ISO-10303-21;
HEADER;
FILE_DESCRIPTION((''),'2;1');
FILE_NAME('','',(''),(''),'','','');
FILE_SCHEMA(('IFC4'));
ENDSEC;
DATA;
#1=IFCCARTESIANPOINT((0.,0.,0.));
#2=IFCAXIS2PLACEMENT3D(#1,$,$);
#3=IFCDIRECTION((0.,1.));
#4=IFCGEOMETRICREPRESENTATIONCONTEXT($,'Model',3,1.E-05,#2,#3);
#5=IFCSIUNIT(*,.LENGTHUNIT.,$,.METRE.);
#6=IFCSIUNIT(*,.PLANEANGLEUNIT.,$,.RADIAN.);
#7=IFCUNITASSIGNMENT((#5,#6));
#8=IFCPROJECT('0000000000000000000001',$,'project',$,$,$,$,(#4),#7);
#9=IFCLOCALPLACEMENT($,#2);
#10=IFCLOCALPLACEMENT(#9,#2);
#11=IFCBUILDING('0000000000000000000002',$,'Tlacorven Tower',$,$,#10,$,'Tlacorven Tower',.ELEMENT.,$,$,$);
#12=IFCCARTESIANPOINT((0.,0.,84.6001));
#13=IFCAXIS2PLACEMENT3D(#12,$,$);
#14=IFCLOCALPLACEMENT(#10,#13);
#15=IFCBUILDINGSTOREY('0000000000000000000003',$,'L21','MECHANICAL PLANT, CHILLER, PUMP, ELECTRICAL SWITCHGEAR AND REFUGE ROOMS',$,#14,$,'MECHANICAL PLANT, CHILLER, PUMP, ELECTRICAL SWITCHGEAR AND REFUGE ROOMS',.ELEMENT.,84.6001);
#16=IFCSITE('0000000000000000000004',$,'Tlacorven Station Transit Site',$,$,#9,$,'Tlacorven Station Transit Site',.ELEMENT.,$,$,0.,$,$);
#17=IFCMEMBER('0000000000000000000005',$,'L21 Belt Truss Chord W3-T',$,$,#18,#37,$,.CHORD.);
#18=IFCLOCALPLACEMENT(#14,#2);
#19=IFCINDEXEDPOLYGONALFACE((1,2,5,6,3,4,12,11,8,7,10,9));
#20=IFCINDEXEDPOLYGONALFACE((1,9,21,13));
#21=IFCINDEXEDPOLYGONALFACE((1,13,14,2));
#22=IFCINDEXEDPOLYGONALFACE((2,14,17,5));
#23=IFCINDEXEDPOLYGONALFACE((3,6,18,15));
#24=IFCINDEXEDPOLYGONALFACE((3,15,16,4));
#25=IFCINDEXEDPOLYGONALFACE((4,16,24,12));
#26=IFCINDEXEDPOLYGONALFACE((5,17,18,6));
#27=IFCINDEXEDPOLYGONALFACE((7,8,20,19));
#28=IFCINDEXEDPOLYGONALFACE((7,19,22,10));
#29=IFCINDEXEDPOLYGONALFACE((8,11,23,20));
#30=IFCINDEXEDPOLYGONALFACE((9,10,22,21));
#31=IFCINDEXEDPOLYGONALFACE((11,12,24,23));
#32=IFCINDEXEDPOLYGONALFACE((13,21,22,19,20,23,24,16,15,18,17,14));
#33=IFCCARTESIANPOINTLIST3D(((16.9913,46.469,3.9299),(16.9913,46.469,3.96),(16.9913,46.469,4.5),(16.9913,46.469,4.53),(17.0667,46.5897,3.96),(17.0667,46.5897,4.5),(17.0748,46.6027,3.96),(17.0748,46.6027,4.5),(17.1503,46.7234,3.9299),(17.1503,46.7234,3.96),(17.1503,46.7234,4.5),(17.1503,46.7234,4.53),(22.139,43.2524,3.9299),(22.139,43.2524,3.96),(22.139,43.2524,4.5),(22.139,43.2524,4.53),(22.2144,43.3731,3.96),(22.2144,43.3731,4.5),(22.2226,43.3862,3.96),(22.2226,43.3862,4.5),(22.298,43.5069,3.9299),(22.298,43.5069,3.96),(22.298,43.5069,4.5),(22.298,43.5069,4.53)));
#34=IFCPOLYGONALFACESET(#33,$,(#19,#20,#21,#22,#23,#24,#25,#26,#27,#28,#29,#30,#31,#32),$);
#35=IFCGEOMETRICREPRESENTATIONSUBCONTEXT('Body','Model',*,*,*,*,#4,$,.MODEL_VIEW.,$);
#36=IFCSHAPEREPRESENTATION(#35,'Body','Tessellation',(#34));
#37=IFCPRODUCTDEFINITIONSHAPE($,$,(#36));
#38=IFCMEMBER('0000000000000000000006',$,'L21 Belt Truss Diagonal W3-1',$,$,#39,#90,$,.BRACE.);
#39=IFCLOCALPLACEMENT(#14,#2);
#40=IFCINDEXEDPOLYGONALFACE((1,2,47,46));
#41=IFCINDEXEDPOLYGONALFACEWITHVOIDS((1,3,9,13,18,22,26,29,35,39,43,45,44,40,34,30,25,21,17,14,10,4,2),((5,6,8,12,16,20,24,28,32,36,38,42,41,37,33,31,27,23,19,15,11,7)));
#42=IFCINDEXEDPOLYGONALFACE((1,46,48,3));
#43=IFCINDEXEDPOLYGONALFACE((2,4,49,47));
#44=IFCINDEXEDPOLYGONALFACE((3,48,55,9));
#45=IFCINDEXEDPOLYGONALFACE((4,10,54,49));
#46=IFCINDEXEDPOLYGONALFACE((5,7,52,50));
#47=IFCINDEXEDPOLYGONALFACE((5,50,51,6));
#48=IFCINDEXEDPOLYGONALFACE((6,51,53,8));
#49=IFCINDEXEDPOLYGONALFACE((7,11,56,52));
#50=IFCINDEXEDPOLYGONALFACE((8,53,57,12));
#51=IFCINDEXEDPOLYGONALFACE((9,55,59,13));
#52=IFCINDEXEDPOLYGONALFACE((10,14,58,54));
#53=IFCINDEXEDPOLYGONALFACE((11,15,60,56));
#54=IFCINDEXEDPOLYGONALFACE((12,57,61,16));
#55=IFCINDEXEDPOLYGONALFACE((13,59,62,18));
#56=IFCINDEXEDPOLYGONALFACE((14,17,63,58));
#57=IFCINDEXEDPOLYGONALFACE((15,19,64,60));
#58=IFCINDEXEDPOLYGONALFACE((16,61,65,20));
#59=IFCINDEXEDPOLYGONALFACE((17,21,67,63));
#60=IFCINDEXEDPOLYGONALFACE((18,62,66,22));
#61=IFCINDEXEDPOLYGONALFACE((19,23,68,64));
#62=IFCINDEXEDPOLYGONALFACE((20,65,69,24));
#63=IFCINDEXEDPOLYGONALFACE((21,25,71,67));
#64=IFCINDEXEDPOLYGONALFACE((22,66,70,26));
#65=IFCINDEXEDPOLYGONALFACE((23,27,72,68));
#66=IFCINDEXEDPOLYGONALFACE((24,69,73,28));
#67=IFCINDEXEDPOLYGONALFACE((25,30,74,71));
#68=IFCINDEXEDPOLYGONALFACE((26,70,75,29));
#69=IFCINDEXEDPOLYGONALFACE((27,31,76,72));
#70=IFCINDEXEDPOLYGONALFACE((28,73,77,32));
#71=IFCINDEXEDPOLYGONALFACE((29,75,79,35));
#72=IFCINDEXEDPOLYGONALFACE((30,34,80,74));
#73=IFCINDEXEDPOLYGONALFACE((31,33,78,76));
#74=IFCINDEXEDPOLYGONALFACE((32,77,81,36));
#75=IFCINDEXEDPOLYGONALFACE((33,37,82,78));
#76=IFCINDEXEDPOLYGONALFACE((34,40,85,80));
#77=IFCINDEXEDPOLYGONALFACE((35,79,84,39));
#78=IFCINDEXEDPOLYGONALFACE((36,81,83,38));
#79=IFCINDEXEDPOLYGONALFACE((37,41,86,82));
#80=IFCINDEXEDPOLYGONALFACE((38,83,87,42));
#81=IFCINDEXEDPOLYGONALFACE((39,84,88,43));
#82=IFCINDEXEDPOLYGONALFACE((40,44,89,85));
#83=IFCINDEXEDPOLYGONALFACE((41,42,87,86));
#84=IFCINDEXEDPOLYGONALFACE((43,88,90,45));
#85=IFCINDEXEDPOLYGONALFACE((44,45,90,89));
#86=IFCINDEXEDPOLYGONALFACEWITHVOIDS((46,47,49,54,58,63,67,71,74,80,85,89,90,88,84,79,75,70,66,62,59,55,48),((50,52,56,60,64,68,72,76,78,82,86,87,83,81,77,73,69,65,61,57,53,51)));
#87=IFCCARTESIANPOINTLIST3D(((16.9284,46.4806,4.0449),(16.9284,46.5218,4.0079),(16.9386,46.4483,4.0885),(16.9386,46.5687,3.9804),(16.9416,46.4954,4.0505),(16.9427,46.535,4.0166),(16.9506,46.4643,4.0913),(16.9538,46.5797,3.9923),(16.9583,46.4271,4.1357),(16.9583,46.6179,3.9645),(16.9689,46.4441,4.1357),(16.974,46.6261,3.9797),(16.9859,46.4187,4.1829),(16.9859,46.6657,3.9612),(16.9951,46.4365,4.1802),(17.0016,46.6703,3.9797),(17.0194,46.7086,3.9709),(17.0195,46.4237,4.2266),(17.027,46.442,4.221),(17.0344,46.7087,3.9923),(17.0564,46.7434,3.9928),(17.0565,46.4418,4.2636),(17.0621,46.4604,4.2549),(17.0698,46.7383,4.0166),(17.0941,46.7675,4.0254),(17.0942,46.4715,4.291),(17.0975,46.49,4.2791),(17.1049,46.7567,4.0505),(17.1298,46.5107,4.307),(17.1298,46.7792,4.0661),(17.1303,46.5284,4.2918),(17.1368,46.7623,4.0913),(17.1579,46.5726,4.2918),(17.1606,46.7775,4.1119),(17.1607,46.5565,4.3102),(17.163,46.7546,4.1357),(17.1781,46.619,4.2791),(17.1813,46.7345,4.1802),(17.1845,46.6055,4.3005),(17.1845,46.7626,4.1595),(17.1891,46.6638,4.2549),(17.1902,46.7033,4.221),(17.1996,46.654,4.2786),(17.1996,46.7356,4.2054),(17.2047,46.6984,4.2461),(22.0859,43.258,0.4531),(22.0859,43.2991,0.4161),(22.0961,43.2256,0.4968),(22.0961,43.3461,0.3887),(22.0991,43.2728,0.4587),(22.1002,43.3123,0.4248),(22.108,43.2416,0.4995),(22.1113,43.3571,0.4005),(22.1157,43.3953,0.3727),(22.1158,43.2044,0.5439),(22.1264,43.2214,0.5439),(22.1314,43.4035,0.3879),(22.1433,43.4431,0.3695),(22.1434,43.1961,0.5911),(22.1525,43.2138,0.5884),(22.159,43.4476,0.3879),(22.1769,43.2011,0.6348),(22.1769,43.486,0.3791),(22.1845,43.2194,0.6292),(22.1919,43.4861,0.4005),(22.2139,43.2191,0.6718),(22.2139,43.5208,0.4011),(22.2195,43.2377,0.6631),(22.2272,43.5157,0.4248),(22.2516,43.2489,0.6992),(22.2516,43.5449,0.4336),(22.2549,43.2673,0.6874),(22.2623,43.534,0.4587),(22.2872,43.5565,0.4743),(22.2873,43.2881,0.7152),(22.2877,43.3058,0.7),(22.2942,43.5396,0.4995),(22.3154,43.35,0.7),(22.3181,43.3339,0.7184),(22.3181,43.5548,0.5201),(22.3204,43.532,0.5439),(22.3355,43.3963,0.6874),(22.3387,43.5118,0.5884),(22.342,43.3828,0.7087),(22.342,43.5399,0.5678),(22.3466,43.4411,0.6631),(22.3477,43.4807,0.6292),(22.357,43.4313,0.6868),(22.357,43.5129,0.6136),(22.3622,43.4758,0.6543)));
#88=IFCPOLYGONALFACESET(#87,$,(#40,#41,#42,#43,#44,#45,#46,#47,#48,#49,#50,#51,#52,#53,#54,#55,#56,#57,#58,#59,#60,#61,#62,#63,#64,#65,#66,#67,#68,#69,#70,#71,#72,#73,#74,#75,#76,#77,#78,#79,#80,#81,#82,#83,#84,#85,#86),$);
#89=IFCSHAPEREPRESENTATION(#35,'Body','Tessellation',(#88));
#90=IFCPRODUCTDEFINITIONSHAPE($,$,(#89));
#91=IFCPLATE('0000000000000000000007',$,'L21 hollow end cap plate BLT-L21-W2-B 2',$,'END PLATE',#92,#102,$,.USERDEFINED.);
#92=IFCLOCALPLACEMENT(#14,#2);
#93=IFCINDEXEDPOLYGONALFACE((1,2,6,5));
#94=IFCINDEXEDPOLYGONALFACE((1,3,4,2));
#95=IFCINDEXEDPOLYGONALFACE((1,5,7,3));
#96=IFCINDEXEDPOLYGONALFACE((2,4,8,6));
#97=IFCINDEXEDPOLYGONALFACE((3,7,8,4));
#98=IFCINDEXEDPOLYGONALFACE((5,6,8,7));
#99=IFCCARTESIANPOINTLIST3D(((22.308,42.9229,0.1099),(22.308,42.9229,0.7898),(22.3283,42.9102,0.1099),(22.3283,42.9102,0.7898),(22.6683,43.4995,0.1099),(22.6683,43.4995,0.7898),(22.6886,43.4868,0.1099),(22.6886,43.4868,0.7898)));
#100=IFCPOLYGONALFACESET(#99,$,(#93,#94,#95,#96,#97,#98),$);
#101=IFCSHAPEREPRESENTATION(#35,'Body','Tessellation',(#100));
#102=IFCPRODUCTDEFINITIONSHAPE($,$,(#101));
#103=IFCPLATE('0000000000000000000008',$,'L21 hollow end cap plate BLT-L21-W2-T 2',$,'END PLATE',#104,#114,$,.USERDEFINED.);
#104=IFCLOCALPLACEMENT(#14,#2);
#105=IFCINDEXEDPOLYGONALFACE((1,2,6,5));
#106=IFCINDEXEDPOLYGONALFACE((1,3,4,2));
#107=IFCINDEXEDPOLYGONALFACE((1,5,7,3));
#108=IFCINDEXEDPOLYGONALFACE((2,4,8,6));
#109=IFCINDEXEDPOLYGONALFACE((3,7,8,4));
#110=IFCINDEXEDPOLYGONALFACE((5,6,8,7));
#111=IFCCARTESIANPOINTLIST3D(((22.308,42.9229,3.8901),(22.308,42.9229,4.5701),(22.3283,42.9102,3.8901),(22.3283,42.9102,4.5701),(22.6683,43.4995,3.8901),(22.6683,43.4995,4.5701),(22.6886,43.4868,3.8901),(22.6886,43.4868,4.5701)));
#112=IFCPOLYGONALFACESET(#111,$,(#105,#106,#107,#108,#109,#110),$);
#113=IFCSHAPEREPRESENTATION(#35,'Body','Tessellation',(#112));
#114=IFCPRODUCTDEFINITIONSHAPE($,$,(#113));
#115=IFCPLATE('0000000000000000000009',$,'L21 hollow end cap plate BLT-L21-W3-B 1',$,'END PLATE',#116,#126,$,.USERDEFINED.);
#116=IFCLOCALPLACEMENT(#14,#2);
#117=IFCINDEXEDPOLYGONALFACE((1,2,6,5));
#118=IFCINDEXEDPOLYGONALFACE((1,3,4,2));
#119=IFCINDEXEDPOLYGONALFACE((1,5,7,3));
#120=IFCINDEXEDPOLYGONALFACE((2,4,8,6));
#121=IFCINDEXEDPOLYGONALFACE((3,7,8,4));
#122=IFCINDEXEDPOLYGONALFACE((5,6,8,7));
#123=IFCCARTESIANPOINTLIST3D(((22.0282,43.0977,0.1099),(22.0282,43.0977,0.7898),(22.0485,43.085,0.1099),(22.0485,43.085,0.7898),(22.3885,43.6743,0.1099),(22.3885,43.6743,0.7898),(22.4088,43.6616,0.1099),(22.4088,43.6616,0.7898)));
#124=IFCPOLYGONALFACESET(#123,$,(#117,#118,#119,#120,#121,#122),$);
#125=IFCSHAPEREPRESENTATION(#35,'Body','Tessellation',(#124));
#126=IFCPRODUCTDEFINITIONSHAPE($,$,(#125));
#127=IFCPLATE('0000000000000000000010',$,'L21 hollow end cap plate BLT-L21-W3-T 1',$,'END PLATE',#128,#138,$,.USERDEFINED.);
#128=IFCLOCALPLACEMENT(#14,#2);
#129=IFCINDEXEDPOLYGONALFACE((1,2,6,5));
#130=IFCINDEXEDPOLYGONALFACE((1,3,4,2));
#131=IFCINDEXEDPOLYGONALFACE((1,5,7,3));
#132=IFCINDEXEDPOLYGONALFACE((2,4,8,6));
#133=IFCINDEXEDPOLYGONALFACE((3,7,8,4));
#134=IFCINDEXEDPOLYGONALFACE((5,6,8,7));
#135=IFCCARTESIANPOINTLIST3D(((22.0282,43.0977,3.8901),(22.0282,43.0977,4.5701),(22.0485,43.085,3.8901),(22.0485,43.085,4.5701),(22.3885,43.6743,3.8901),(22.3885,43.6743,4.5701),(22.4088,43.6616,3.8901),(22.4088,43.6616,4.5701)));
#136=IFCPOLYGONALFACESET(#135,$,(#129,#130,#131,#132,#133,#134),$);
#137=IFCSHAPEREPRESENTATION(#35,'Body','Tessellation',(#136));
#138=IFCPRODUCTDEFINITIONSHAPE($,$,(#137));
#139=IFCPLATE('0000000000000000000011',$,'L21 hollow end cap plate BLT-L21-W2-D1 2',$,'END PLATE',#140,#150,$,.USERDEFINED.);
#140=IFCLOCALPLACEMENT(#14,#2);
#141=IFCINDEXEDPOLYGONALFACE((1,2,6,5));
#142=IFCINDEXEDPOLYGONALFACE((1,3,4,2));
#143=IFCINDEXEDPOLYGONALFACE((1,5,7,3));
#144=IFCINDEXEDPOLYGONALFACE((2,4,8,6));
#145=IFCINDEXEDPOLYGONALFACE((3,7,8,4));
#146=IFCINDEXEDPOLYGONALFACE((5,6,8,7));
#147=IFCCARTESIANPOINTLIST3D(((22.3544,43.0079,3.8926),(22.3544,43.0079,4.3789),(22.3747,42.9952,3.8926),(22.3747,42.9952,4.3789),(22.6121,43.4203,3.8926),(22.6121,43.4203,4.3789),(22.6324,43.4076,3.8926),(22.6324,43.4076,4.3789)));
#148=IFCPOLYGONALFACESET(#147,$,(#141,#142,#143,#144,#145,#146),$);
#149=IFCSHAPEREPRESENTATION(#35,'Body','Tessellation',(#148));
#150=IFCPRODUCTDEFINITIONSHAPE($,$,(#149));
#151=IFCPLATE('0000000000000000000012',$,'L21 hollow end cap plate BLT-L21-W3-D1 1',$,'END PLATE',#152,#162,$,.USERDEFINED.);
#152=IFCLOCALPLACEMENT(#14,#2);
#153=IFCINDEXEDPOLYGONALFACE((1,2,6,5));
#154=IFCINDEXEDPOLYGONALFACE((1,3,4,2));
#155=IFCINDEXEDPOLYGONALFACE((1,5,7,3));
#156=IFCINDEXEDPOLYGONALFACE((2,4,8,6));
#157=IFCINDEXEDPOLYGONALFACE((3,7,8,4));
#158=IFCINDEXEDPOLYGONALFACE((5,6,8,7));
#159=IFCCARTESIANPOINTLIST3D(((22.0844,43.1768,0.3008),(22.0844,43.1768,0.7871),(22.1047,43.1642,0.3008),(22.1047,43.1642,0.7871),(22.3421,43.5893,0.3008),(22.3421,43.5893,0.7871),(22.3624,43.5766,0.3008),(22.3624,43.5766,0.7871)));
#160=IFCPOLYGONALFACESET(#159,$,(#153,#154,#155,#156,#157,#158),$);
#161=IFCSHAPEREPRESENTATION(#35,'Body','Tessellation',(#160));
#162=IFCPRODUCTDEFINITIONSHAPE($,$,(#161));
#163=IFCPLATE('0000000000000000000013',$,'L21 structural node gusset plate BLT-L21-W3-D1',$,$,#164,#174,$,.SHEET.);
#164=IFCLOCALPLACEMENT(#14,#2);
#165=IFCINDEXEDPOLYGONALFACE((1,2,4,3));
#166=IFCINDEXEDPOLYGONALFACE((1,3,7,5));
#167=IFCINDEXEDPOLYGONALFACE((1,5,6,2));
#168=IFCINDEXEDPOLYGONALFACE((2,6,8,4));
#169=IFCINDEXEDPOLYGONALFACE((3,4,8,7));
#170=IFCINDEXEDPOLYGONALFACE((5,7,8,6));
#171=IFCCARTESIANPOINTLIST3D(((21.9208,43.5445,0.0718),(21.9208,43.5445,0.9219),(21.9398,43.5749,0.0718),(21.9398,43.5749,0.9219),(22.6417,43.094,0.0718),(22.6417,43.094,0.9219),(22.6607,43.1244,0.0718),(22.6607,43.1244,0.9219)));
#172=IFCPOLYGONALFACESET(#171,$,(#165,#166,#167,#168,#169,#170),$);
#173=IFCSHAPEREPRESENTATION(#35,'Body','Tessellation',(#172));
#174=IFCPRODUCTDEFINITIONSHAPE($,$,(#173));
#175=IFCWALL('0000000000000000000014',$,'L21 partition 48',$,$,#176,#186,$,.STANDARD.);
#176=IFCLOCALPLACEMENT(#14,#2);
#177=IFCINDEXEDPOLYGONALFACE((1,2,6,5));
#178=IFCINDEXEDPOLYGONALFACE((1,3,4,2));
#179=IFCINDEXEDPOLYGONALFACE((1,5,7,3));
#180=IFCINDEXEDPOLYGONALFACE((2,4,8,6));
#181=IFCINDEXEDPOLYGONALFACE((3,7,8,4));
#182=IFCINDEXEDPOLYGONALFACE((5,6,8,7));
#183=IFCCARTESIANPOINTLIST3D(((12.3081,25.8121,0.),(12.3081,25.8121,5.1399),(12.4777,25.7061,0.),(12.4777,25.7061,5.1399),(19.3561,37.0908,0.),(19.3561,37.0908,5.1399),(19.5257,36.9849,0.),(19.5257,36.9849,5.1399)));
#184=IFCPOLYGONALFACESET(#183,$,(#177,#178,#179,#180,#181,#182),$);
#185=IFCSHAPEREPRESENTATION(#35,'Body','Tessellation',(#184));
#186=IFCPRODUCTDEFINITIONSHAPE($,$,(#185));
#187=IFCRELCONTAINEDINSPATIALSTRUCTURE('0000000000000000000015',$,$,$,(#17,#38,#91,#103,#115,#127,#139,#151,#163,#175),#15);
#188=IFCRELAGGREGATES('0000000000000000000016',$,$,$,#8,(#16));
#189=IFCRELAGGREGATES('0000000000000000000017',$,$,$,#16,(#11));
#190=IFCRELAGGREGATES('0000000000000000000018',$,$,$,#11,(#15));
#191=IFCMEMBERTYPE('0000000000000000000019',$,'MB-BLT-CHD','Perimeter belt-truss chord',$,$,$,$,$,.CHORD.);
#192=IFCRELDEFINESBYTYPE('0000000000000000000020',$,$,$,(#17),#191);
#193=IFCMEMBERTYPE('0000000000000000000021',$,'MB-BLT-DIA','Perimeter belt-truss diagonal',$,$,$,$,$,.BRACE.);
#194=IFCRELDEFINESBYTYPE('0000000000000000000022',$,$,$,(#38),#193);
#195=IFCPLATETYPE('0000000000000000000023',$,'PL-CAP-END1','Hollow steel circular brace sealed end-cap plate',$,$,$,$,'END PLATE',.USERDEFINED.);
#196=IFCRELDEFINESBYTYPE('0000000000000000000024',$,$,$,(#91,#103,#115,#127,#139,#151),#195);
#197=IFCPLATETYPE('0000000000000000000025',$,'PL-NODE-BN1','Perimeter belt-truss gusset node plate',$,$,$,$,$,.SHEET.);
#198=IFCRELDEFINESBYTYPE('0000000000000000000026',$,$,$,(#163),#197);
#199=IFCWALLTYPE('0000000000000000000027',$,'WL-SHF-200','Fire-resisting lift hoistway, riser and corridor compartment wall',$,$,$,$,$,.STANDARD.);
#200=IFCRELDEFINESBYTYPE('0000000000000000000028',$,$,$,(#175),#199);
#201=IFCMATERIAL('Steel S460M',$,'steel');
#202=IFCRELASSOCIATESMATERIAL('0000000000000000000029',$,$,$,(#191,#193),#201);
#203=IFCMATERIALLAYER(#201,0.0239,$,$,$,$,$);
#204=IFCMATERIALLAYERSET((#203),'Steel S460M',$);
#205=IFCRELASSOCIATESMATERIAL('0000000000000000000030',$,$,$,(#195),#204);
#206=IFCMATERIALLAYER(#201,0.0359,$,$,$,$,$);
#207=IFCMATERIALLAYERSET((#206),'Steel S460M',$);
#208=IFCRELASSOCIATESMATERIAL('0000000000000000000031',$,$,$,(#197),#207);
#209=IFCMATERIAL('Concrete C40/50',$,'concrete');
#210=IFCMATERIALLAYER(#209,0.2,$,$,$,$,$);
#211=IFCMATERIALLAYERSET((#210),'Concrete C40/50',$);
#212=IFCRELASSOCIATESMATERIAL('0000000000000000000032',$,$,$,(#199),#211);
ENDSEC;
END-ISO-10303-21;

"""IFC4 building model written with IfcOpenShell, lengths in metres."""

from ifc_helpers import new_model, si_unit, direction, frame, frame_2d, origin, origin_2d, place, context, subcontext, project, spatial, rectangle, hollow_circle, i_section, extrude, source, transform, mapped, material, layer, layer_set, material_profile, profile_set, type_object, element, save


model = new_model("IFC4")

# Units and contexts
model_context = context("Model", 3, precision=1e-05, world=origin(), true_north=direction((0.0, 1.0)))
body_context = subcontext(model_context, "Body", "Model", "MODEL_VIEW")
ifc_project = project(units=[si_unit("LENGTHUNIT", "METRE"), si_unit("PLANEANGLEUNIT", "RADIAN")], contexts=[model_context])

# Site, building, storey
site_placement = place(None, origin())
site = spatial("IfcSite", under=ifc_project, at=site_placement, Name="Tlacorven Station Transit Site", LongName="Tlacorven Station Transit Site", CompositionType="ELEMENT", RefElevation=0.0)
building_placement = place(site_placement, origin())
building = spatial("IfcBuilding", under=site, at=building_placement, Name="Tlacorven Tower", LongName="Tlacorven Tower", CompositionType="ELEMENT")
storey_placement = place(building_placement, frame((0.0, 0.0, 84.6001)))
storey = spatial("IfcBuildingStorey", under=building, at=storey_placement, Name="L21", Description="MECHANICAL PLANT, CHILLER, PUMP, ELECTRICAL SWITCHGEAR AND REFUGE ROOMS", LongName="MECHANICAL PLANT, CHILLER, PUMP, ELECTRICAL SWITCHGEAR AND REFUGE ROOMS", CompositionType="ELEMENT", Elevation=84.6001)

# Shared definitions
ifc_material_1 = material(Name="Steel S460M", Category="steel")

# Members
ifc_material_profile_1 = material_profile(ifc_material_1, i_section(OverallWidth=0.3, OverallDepth=0.6001, WebThickness=0.0154, FlangeThickness=0.03, at=origin_2d()), Name="HEB 600")
ifc_profile_set_1 = profile_set([ifc_material_profile_1], Name="Steel S460M")
member_type_1 = type_object("IfcMemberType", Name="MB-BLT-CHD", Description="Perimeter belt-truss chord", PredefinedType="CHORD", material=ifc_profile_set_1)
shared_shape_1 = source(origin(), body_context, "Body", "SweptSolid", [
    extrude(i_section(OverallWidth=0.3, OverallDepth=0.6001, WebThickness=0.0154, FlangeThickness=0.03, at=origin_2d()), origin(), (0.0, 0.0, 1.0), 6.0701),
])
for number, where, z_axis, x_axis, name in (
    (1, (22.2185, 43.3796, 4.23), (-0.848055, 0.529909, 0.0), (-0.529909, -0.848055, 0.0), "L21 Belt Truss Chord W3-T"),
):
    element("IfcMember", number, at=place(storey_placement, frame(where, z_axis=z_axis, x_axis=x_axis)), inside=storey, type_object=member_type_1, Name=name, PredefinedType="CHORD", context=body_context, shape_type="MappedRepresentation", body=[
        mapped(shared_shape_1, transform((0.0, 0.0, 0.0), scale=1.0)),
    ])
ifc_material_profile_2 = material_profile(ifc_material_1, hollow_circle(Radius=0.2031, WallThickness=0.02, at=origin_2d()), Name="CHS 406.4X20")
ifc_profile_set_2 = profile_set([ifc_material_profile_2], Name="Steel S460M")
member_type_2 = type_object("IfcMemberType", Name="MB-BLT-DIA", Description="Perimeter belt-truss diagonal", PredefinedType="BRACE", material=ifc_profile_set_2)
shared_shape_2 = source(origin(), body_context, "Body", "SweptSolid", [
    extrude(hollow_circle(Radius=0.2031, WallThickness=0.02, at=origin_2d()), origin(), (0.0, 0.0, 1.0), 7.063),
])
member_placement = place(storey_placement, frame((22.2234, 43.3767, 0.5439), z_axis=(-0.730209, 0.456273, 0.508537), x_axis=(-0.529909, -0.848055, 0.0)))
element("IfcMember", 2, at=member_placement, inside=storey, type_object=member_type_2, Name="L21 Belt Truss Diagonal W3-1", PredefinedType="BRACE", context=body_context, shape_type="MappedRepresentation", body=[
    mapped(shared_shape_2, transform((0.0, 0.0, 0.0), scale=1.0)),
])

# Plates
ifc_layer_1 = layer(ifc_material_1, 0.0239)
ifc_layer_set_1 = layer_set([ifc_layer_1], Name="Steel S460M")
plate_type_1 = type_object("IfcPlateType", Name="PL-CAP-END1", Description="Hollow steel circular brace sealed end-cap plate", ElementType="END PLATE", PredefinedType="USERDEFINED", material=ifc_layer_set_1)
shared_shape_3 = source(origin(), body_context, "Body", "SweptSolid", [
    extrude(rectangle(XDim=0.0239, YDim=0.6799, at=origin_2d()), origin(), (0.0, 0.0, 1.0), 0.6799),
])
for number, where, z_axis, x_axis, name in (
    (3, (22.4983, 43.2048, 0.1099), (0.0, 0.0, 1.0), (-0.848048, 0.529919, 0.0), "L21 hollow end cap plate BLT-L21-W2-B 2"),
    (4, (22.4983, 43.2048, 3.8901), (0.0, 0.0, 1.0), (-0.848048, 0.529919, 0.0), "L21 hollow end cap plate BLT-L21-W2-T 2"),
    (5, (22.2185, 43.3796, 0.1099), (0.0, 0.0, 1.0), (-0.848048, 0.529919, 0.0), "L21 hollow end cap plate BLT-L21-W3-B 1"),
    (6, (22.2185, 43.3796, 3.8901), (0.0, 0.0, 1.0), (-0.848048, 0.529919, 0.0), "L21 hollow end cap plate BLT-L21-W3-T 1"),
):
    element("IfcPlate", number, at=place(storey_placement, frame(where, z_axis=z_axis, x_axis=x_axis)), inside=storey, type_object=plate_type_1, Name=name, ObjectType="END PLATE", PredefinedType="USERDEFINED", context=body_context, shape_type="MappedRepresentation", body=[
        mapped(shared_shape_3, transform((0.0, 0.0, 0.0), scale=1.0)),
    ])
shared_shape_4 = source(origin(), body_context, "Body", "SweptSolid", [
    extrude(rectangle(XDim=0.0239, YDim=0.4863, at=origin_2d()), origin(), (0.0, 0.0, 1.0), 0.4863),
])
for number, where, z_axis, x_axis, name in (
    (7, (22.4934, 43.2078, 3.8926), (0.0, 0.0, 1.0), (-0.848048, 0.529919, 0.0), "L21 hollow end cap plate BLT-L21-W2-D1 2"),
    (8, (22.2234, 43.3767, 0.3008), (0.0, 0.0, 1.0), (-0.848048, 0.529919, 0.0), "L21 hollow end cap plate BLT-L21-W3-D1 1"),
):
    element("IfcPlate", number, at=place(storey_placement, frame(where, z_axis=z_axis, x_axis=x_axis)), inside=storey, type_object=plate_type_1, Name=name, ObjectType="END PLATE", PredefinedType="USERDEFINED", context=body_context, shape_type="MappedRepresentation", body=[
        mapped(shared_shape_4, transform((0.0, 0.0, 0.0), scale=1.0)),
    ])
ifc_layer_2 = layer(ifc_material_1, 0.0359)
ifc_layer_set_2 = layer_set([ifc_layer_2], Name="Steel S460M")
plate_type_2 = type_object("IfcPlateType", Name="PL-NODE-BN1", Description="Perimeter belt-truss gusset node plate", PredefinedType="SHEET", material=ifc_layer_set_2)
shared_shape_5 = source(origin(), body_context, "Body", "SweptSolid", [
    extrude(rectangle(XDim=0.8501, YDim=0.0359, at=origin_2d()), origin(), (0.0, 0.0, 1.0), 0.8501),
])
plate_placement = place(storey_placement, frame((22.2908, 43.3345, 0.0718), z_axis=(0.0, 0.0, 1.0), x_axis=(-0.848048, 0.529919, 0.0)))
element("IfcPlate", 9, at=plate_placement, inside=storey, type_object=plate_type_2, Name="L21 structural node gusset plate BLT-L21-W3-D1", PredefinedType="SHEET", context=body_context, shape_type="MappedRepresentation", body=[
    mapped(shared_shape_5, transform((0.0, 0.0, 0.0), scale=1.0)),
])

# Wall
ifc_material_2 = material(Name="Concrete C40/50", Category="concrete")
ifc_layer_3 = layer(ifc_material_2, 0.2)
ifc_layer_set_3 = layer_set([ifc_layer_3], Name="Concrete C40/50")
wall_type = type_object("IfcWallType", Name="WL-SHF-200", Description="Fire-resisting lift hoistway, riser and corridor compartment wall", PredefinedType="STANDARD", material=ifc_layer_set_3)
wall_1_placement = place(storey_placement, frame((19.4409, 37.0378, 0.0), z_axis=(0.0, 0.0, 1.0), x_axis=(-0.529936, -0.848037, 0.0)))
element("IfcWall", 10, at=wall_1_placement, inside=storey, type_object=wall_type, Name="L21 partition 48", PredefinedType="STANDARD", context=body_context, shape_type="SweptSolid", body=[
    extrude(rectangle(XDim=13.2998, YDim=0.2, at=frame_2d((6.6499, 0.0))), origin(), (0.0, 0.0, 1.0), 5.1399),
])

save(model, "model.ifc")
